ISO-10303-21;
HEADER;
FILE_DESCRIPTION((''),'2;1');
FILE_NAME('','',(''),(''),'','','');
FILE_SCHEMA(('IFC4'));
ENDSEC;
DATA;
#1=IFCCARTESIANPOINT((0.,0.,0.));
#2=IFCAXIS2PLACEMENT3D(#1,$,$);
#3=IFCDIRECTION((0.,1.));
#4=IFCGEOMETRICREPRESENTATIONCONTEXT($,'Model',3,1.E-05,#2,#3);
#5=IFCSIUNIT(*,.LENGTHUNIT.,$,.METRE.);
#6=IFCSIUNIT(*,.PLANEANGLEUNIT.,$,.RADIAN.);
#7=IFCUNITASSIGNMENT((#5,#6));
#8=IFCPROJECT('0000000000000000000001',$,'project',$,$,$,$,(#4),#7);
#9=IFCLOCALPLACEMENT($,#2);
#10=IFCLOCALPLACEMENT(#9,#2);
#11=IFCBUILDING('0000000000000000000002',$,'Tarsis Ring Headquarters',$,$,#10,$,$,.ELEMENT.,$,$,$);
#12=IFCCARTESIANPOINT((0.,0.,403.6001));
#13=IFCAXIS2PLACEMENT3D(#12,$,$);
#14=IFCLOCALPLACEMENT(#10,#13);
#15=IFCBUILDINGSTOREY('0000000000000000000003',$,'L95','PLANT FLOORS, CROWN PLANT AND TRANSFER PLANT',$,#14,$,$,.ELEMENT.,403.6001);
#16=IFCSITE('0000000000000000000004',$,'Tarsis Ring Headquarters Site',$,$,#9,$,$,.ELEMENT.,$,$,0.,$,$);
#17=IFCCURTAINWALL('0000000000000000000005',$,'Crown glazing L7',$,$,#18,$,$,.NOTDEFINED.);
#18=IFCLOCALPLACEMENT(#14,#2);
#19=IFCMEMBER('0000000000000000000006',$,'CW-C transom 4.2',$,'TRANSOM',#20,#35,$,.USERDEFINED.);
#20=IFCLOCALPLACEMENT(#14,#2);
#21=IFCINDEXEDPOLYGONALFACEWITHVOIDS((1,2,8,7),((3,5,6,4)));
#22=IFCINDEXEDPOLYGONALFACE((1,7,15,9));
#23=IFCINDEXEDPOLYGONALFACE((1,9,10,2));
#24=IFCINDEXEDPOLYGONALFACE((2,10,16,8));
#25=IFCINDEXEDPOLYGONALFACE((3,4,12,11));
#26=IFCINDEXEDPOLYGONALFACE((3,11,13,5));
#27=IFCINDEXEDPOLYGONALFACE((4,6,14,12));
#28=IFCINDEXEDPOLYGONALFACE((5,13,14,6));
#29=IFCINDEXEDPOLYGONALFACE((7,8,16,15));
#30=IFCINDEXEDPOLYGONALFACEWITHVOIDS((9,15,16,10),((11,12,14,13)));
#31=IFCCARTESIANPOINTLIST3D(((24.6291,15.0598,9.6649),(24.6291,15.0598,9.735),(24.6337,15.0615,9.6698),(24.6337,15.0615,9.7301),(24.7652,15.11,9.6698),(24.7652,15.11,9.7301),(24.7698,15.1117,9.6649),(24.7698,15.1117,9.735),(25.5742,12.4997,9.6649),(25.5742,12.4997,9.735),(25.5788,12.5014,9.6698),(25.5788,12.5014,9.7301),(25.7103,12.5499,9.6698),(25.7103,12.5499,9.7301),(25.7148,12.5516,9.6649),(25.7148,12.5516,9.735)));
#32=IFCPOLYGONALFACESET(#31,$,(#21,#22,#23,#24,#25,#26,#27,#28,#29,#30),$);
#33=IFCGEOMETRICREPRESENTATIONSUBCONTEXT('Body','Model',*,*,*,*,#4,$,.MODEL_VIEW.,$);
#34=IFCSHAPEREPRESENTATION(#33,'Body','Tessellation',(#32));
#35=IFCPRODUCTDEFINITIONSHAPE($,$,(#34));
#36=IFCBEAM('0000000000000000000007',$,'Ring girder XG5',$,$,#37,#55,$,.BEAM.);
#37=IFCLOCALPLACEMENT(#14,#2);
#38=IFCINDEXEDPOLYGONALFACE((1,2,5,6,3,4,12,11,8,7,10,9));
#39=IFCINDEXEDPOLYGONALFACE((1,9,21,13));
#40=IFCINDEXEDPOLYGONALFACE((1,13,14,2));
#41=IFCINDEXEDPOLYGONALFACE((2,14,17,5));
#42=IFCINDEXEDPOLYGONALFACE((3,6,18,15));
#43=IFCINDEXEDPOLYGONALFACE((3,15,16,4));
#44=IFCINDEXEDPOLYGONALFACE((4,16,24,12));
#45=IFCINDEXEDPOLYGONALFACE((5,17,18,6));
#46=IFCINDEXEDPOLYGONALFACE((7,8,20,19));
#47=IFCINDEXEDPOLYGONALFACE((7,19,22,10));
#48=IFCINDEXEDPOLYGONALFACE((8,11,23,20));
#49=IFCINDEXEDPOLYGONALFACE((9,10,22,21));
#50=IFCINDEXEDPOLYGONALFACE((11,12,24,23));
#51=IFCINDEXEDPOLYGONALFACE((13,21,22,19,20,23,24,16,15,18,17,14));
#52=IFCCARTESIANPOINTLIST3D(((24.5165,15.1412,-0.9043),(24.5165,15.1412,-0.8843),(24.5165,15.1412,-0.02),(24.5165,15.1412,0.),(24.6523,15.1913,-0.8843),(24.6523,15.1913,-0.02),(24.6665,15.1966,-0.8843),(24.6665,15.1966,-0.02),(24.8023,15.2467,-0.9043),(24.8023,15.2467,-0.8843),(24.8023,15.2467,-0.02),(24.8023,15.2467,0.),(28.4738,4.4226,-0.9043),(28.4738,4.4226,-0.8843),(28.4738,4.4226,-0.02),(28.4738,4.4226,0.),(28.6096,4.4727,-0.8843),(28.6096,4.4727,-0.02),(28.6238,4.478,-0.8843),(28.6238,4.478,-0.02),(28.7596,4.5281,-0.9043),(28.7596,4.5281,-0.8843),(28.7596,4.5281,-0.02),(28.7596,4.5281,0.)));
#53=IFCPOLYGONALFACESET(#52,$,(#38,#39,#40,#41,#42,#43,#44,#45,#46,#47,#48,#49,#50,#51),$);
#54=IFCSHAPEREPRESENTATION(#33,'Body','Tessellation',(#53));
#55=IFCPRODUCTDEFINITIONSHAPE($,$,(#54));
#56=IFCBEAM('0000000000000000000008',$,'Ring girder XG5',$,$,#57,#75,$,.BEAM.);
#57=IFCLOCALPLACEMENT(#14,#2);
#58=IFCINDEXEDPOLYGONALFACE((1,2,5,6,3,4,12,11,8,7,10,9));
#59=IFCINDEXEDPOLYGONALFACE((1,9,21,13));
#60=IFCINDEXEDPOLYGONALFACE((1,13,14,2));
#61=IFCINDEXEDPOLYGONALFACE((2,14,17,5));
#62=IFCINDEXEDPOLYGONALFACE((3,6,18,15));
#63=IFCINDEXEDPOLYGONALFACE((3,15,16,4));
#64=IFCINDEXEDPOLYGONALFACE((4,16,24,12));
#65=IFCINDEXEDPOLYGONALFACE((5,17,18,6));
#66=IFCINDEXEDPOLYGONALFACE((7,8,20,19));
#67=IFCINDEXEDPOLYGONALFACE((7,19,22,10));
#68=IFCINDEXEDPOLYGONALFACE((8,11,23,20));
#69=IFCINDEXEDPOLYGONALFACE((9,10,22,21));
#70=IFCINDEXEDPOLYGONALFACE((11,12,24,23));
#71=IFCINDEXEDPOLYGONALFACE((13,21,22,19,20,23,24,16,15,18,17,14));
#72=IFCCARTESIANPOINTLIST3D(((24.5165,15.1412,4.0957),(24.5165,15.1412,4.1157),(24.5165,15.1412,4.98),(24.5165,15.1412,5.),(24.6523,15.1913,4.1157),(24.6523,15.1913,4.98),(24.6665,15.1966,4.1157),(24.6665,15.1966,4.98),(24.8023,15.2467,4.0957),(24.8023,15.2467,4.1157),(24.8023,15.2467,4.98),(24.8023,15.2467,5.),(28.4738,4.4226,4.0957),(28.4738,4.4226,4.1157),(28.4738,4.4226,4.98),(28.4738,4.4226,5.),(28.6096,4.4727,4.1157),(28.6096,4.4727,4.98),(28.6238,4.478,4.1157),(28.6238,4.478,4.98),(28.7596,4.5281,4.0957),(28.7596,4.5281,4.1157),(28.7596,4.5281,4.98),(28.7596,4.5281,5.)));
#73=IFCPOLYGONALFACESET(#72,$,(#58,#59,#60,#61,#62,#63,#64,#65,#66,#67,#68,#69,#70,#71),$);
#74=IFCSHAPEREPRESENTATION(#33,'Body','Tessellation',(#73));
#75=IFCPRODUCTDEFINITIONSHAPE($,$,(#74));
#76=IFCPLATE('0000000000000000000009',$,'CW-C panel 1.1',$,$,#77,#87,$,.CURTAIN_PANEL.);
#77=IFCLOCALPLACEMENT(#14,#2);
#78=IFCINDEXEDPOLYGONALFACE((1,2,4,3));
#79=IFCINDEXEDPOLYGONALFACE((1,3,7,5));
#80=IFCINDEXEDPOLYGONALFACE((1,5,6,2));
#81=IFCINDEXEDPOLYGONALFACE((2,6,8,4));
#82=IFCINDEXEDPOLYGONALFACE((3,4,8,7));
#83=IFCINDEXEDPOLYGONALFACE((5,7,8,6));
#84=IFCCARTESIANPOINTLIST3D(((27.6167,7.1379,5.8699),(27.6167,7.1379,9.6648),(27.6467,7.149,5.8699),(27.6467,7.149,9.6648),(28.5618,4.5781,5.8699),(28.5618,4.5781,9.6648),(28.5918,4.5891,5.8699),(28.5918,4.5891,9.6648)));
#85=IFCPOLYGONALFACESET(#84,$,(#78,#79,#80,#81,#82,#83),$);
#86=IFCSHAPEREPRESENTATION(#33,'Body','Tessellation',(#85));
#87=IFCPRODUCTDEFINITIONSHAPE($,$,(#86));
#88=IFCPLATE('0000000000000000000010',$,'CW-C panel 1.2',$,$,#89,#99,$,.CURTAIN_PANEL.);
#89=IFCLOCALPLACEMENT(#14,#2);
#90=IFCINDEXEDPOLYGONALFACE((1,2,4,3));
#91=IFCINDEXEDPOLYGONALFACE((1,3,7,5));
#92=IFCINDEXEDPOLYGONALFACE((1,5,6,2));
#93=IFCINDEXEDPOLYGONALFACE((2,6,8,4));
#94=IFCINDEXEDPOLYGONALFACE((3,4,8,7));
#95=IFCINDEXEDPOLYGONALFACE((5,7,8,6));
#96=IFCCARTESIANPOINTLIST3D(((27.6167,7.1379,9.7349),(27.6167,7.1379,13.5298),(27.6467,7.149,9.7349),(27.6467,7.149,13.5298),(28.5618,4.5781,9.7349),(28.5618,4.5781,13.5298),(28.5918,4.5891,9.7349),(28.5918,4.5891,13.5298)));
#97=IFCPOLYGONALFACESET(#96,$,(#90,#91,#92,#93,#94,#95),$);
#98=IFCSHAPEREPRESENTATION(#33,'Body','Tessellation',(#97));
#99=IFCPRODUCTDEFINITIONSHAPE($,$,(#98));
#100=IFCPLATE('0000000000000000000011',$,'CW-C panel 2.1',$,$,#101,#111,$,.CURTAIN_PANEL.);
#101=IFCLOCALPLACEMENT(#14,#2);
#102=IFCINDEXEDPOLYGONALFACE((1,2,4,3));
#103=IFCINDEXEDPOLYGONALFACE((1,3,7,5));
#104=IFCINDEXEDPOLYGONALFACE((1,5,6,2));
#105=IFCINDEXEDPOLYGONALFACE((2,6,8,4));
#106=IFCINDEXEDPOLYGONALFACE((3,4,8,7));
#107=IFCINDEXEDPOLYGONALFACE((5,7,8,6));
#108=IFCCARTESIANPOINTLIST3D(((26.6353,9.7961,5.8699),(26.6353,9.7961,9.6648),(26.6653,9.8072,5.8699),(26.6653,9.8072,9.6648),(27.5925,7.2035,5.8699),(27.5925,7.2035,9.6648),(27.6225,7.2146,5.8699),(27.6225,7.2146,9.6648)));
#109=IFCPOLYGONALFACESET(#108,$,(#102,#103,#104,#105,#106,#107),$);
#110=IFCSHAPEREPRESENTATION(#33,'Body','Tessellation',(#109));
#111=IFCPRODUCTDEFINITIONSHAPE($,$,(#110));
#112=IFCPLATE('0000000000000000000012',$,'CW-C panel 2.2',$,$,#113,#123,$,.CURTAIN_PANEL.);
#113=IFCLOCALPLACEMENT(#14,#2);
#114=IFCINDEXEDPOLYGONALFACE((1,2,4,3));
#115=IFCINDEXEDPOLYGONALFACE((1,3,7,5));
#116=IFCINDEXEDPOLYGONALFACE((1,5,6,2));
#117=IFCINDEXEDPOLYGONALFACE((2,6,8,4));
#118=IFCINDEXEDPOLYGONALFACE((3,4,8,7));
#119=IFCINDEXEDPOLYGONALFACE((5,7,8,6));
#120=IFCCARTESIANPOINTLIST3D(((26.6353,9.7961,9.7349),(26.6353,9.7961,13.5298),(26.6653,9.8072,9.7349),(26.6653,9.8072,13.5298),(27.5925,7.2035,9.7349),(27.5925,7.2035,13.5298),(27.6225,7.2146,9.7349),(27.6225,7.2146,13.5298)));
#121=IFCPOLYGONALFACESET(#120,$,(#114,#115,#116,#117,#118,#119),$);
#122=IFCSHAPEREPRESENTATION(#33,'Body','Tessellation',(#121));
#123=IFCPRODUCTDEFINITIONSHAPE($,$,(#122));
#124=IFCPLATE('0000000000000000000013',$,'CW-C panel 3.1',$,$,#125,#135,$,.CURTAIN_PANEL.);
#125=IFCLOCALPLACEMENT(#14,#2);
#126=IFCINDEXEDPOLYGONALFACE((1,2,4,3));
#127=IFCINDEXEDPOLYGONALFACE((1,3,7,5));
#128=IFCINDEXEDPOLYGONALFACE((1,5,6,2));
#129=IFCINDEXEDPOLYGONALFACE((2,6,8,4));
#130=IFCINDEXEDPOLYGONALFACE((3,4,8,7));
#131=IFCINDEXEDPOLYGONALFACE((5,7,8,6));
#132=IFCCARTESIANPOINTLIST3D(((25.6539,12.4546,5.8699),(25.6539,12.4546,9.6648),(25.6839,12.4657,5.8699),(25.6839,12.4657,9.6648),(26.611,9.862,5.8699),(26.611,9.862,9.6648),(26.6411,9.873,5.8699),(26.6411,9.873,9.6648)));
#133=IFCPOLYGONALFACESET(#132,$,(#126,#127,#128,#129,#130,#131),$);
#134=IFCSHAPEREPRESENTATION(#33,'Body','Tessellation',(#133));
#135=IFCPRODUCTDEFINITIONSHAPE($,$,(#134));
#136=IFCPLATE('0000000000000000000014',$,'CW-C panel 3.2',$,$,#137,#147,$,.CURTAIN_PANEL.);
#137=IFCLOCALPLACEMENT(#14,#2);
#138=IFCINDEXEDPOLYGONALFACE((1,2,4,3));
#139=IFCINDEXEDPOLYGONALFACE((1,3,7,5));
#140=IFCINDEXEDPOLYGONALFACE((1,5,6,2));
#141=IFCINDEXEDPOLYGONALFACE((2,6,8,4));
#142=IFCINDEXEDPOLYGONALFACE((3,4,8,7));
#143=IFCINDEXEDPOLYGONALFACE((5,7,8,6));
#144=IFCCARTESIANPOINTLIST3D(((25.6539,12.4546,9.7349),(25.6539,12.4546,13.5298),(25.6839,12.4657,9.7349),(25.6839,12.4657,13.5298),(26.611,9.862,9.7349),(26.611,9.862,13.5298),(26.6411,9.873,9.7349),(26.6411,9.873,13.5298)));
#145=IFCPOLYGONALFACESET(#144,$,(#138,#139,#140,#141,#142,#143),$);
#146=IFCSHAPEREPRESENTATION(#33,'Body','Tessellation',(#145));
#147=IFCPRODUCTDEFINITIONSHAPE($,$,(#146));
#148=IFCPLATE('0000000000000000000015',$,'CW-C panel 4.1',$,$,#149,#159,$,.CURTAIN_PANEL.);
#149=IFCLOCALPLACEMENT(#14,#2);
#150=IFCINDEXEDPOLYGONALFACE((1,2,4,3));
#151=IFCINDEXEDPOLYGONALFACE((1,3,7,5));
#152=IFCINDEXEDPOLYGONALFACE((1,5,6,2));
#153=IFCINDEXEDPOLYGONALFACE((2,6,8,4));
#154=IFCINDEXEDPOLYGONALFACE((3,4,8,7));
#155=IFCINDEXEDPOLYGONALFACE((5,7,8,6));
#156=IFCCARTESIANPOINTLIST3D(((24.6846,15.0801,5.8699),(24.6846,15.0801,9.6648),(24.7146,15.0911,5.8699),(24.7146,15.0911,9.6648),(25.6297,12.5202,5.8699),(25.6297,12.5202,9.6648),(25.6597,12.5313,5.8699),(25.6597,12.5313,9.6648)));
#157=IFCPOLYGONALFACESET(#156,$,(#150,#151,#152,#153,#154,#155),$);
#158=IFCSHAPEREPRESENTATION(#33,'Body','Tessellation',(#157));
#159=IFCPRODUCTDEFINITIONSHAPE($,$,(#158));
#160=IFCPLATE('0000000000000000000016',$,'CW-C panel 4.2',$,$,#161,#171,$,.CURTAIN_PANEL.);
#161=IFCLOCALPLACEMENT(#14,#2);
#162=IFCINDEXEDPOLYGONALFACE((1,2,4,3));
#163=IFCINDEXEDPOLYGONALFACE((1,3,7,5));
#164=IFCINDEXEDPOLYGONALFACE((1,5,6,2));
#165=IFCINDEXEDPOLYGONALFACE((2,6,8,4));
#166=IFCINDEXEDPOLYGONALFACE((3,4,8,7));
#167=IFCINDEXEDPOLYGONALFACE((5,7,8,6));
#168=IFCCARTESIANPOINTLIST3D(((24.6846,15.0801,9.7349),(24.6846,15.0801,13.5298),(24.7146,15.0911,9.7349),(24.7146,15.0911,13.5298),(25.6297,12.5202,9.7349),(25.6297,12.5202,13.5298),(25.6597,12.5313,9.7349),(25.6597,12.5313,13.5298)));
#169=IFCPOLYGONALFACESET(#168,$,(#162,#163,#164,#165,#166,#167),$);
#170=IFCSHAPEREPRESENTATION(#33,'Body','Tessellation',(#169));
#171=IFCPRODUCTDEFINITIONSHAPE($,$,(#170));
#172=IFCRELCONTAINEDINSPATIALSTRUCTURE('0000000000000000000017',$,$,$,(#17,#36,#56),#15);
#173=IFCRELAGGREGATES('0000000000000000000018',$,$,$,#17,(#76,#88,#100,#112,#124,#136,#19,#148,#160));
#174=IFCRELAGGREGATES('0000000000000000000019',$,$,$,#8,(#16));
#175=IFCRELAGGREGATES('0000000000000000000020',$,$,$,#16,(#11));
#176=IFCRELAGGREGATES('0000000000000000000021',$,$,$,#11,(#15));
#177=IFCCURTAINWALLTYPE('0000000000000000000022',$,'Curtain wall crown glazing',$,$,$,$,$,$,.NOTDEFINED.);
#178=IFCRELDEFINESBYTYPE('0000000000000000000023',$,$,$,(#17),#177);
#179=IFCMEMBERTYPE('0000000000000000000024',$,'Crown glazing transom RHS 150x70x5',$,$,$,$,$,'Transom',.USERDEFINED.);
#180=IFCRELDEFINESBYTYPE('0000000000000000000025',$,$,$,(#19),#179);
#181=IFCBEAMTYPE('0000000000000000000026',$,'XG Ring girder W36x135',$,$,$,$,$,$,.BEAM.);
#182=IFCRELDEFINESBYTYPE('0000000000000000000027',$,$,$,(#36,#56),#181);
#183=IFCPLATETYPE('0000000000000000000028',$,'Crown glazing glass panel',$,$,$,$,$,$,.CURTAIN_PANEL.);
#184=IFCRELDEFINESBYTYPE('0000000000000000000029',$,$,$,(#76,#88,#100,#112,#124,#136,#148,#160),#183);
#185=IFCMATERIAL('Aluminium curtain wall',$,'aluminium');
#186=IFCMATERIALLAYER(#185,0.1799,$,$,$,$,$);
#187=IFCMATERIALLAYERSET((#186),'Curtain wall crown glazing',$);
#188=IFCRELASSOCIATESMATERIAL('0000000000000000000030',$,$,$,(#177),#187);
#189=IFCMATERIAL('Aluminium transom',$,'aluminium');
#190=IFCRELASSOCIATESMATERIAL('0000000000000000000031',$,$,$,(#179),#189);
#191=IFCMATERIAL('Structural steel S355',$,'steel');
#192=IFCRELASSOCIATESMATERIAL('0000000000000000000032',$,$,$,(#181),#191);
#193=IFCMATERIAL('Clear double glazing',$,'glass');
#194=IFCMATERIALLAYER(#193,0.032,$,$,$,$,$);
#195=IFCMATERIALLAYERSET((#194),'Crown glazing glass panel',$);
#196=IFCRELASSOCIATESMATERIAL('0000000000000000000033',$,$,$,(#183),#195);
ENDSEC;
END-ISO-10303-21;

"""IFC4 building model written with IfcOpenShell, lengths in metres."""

from ifc_helpers import new_model, si_unit, direction, frame, origin, origin_2d, place, context, subcontext, project, spatial, rectangle, hollow_rectangle, i_section, extrude, material, layer, layer_set, material_profile, profile_set, type_object, element, aggregate, save


model = new_model("IFC4")

# Units and contexts
model_context = context("Model", 3, precision=1e-05, world=origin(), true_north=direction((0.0, 1.0)))
body_context = subcontext(model_context, "Body", "Model", "MODEL_VIEW")
ifc_project = project(units=[si_unit("LENGTHUNIT", "METRE"), si_unit("PLANEANGLEUNIT", "RADIAN")], contexts=[model_context])

# Site, building, storey
site_placement = place(None, origin())
site = spatial("IfcSite", under=ifc_project, at=site_placement, Name="Tarsis Ring Headquarters Site", CompositionType="ELEMENT", RefElevation=0.0)
building_placement = place(site_placement, origin())
building = spatial("IfcBuilding", under=site, at=building_placement, Name="Tarsis Ring Headquarters", CompositionType="ELEMENT")
storey_placement = place(building_placement, frame((0.0, 0.0, 403.6001)))
storey = spatial("IfcBuildingStorey", under=building, at=storey_placement, Name="L95", Description="PLANT FLOORS, CROWN PLANT AND TRANSFER PLANT", CompositionType="ELEMENT", Elevation=403.6001)

# Shared definitions
ifc_material_1 = material(Name="Structural steel S355", Category="steel")

# Curtain wall, member
ifc_material_2 = material(Name="Aluminium curtain wall", Category="aluminium")
ifc_layer_1 = layer(ifc_material_2, 0.1799)
ifc_layer_set_1 = layer_set([ifc_layer_1], Name="Curtain wall crown glazing")
curtain_wall_type = type_object("IfcCurtainWallType", Name="Curtain wall crown glazing", PredefinedType="NOTDEFINED", material=ifc_layer_set_1)
curtain_wall_placement = place(storey_placement, origin())
curtain_wall = element("IfcCurtainWall", 1, at=curtain_wall_placement, inside=storey, type_object=curtain_wall_type, Name="Crown glazing L7", PredefinedType="NOTDEFINED")
ifc_material_3 = material(Name="Aluminium transom", Category="aluminium")
ifc_material_profile_1 = material_profile(ifc_material_3, hollow_rectangle(XDim=0.1499, YDim=0.0701, WallThickness=0.0049, at=origin_2d()), Name="RHS 150x70x5")
ifc_profile_set_1 = profile_set([ifc_material_profile_1], Name="Aluminium transom")
member_type_1 = type_object("IfcMemberType", Name="Crown glazing transom RHS 150x70x5", ElementType="Transom", PredefinedType="USERDEFINED", material=ifc_profile_set_1)
member_1_placement = place(storey_placement, frame((25.6445, 12.5256, 9.7), z_axis=(-0.346315, 0.938118, 0.0), x_axis=(-0.938118, -0.346315, 0.0)))
member_1 = element("IfcMember", 2, at=member_1_placement, type_object=member_type_1, Name="CW-C transom 4.2", ObjectType="TRANSOM", PredefinedType="USERDEFINED", context=body_context, shape_type="SweptSolid", body=[
    extrude(hollow_rectangle(XDim=0.1499, YDim=0.0701, WallThickness=0.0049, at=origin_2d()), origin(), (0.0, 0.0, 1.0), 2.729),
])

# Beams
ifc_material_profile_2 = material_profile(ifc_material_1, i_section(OverallWidth=0.3047, OverallDepth=0.9043, WebThickness=0.0151, FlangeThickness=0.02, at=origin_2d()), Name="W36x135")
ifc_profile_set_2 = profile_set([ifc_material_profile_2], Name="Structural steel S355")
beam_type_1 = type_object("IfcBeamType", Name="XG Ring girder W36x135", PredefinedType="BEAM", material=ifc_profile_set_2)
for number, where, z_axis, x_axis, name in (
    (3, (28.6167, 4.4753, -0.4521), (-0.346349, 0.938106, 0.0), (-0.938106, -0.346349, 0.0), "Ring girder XG5"),
    (4, (28.6167, 4.4753, 4.5479), (-0.346349, 0.938106, 0.0), (-0.938106, -0.346349, 0.0), "Ring girder XG5"),
):
    element("IfcBeam", number, at=place(storey_placement, frame(where, z_axis=z_axis, x_axis=x_axis)), inside=storey, type_object=beam_type_1, Name=name, PredefinedType="BEAM", context=body_context, shape_type="SweptSolid", body=[
        extrude(i_section(OverallWidth=0.3047, OverallDepth=0.9043, WebThickness=0.0151, FlangeThickness=0.02, at=origin_2d()), origin(), (0.0, 0.0, 1.0), 11.4258),
    ])

# Plates
ifc_material_4 = material(Name="Clear double glazing", Category="glass")
ifc_layer_2 = layer(ifc_material_4, 0.032)
ifc_layer_set_2 = layer_set([ifc_layer_2], Name="Crown glazing glass panel")
plate_type = type_object("IfcPlateType", Name="Crown glazing glass panel", PredefinedType="CURTAIN_PANEL", material=ifc_layer_set_2)
plate_1_placement = place(storey_placement, frame((28.1042, 5.8635, 5.8699), z_axis=(0.0, 0.0, 1.0), x_axis=(-0.346342, 0.938108, 0.0)))
plate_1 = element("IfcPlate", 5, at=plate_1_placement, type_object=plate_type, Name="CW-C panel 1.1", PredefinedType="CURTAIN_PANEL", context=body_context, shape_type="SweptSolid", body=[
    extrude(rectangle(XDim=2.7288, YDim=0.032, at=origin_2d()), origin(), (0.0, 0.0, 1.0), 3.7949),
])
plate_2_placement = place(storey_placement, frame((28.1042, 5.8635, 9.7349), z_axis=(0.0, 0.0, 1.0), x_axis=(-0.346342, 0.938108, 0.0)))
plate_2 = element("IfcPlate", 6, at=plate_2_placement, type_object=plate_type, Name="CW-C panel 1.2", PredefinedType="CURTAIN_PANEL", context=body_context, shape_type="SweptSolid", body=[
    extrude(rectangle(XDim=2.7288, YDim=0.032, at=origin_2d()), origin(), (0.0, 0.0, 1.0), 3.7949),
])
plate_3_placement = place(storey_placement, frame((27.1289, 8.5054, 5.8699), z_axis=(0.0, 0.0, 1.0), x_axis=(-0.346342, 0.938108, 0.0)))
plate_3 = element("IfcPlate", 7, at=plate_3_placement, type_object=plate_type, Name="CW-C panel 2.1", PredefinedType="CURTAIN_PANEL", context=body_context, shape_type="SweptSolid", body=[
    extrude(rectangle(XDim=2.7637, YDim=0.032, at=origin_2d()), origin(), (0.0, 0.0, 1.0), 3.7949),
])
plate_4_placement = place(storey_placement, frame((27.1289, 8.5054, 9.7349), z_axis=(0.0, 0.0, 1.0), x_axis=(-0.346342, 0.938108, 0.0)))
plate_4 = element("IfcPlate", 8, at=plate_4_placement, type_object=plate_type, Name="CW-C panel 2.2", PredefinedType="CURTAIN_PANEL", context=body_context, shape_type="SweptSolid", body=[
    extrude(rectangle(XDim=2.7637, YDim=0.032, at=origin_2d()), origin(), (0.0, 0.0, 1.0), 3.7949),
])
plate_5_placement = place(storey_placement, frame((26.1475, 11.1638, 5.8699), z_axis=(0.0, 0.0, 1.0), x_axis=(-0.346342, 0.938108, 0.0)))
plate_5 = element("IfcPlate", 9, at=plate_5_placement, type_object=plate_type, Name="CW-C panel 3.1", PredefinedType="CURTAIN_PANEL", context=body_context, shape_type="SweptSolid", body=[
    extrude(rectangle(XDim=2.7637, YDim=0.032, at=origin_2d()), origin(), (0.0, 0.0, 1.0), 3.7949),
])
plate_6_placement = place(storey_placement, frame((26.1475, 11.1638, 9.7349), z_axis=(0.0, 0.0, 1.0), x_axis=(-0.346342, 0.938108, 0.0)))
plate_6 = element("IfcPlate", 10, at=plate_6_placement, type_object=plate_type, Name="CW-C panel 3.2", PredefinedType="CURTAIN_PANEL", context=body_context, shape_type="SweptSolid", body=[
    extrude(rectangle(XDim=2.7637, YDim=0.032, at=origin_2d()), origin(), (0.0, 0.0, 1.0), 3.7949),
])
plate_7_placement = place(storey_placement, frame((25.1721, 13.8057, 5.8699), z_axis=(0.0, 0.0, 1.0), x_axis=(-0.346342, 0.938108, 0.0)))
plate_7 = element("IfcPlate", 11, at=plate_7_placement, type_object=plate_type, Name="CW-C panel 4.1", PredefinedType="CURTAIN_PANEL", context=body_context, shape_type="SweptSolid", body=[
    extrude(rectangle(XDim=2.7288, YDim=0.032, at=origin_2d()), origin(), (0.0, 0.0, 1.0), 3.7949),
])
plate_8_placement = place(storey_placement, frame((25.1721, 13.8057, 9.7349), z_axis=(0.0, 0.0, 1.0), x_axis=(-0.346342, 0.938108, 0.0)))
plate_8 = element("IfcPlate", 12, at=plate_8_placement, type_object=plate_type, Name="CW-C panel 4.2", PredefinedType="CURTAIN_PANEL", context=body_context, shape_type="SweptSolid", body=[
    extrude(rectangle(XDim=2.7288, YDim=0.032, at=origin_2d()), origin(), (0.0, 0.0, 1.0), 3.7949),
])
aggregate(curtain_wall, [plate_1, plate_2, plate_3, plate_4, plate_5, plate_6, member_1, plate_7, plate_8])

save(model, "model.ifc")
